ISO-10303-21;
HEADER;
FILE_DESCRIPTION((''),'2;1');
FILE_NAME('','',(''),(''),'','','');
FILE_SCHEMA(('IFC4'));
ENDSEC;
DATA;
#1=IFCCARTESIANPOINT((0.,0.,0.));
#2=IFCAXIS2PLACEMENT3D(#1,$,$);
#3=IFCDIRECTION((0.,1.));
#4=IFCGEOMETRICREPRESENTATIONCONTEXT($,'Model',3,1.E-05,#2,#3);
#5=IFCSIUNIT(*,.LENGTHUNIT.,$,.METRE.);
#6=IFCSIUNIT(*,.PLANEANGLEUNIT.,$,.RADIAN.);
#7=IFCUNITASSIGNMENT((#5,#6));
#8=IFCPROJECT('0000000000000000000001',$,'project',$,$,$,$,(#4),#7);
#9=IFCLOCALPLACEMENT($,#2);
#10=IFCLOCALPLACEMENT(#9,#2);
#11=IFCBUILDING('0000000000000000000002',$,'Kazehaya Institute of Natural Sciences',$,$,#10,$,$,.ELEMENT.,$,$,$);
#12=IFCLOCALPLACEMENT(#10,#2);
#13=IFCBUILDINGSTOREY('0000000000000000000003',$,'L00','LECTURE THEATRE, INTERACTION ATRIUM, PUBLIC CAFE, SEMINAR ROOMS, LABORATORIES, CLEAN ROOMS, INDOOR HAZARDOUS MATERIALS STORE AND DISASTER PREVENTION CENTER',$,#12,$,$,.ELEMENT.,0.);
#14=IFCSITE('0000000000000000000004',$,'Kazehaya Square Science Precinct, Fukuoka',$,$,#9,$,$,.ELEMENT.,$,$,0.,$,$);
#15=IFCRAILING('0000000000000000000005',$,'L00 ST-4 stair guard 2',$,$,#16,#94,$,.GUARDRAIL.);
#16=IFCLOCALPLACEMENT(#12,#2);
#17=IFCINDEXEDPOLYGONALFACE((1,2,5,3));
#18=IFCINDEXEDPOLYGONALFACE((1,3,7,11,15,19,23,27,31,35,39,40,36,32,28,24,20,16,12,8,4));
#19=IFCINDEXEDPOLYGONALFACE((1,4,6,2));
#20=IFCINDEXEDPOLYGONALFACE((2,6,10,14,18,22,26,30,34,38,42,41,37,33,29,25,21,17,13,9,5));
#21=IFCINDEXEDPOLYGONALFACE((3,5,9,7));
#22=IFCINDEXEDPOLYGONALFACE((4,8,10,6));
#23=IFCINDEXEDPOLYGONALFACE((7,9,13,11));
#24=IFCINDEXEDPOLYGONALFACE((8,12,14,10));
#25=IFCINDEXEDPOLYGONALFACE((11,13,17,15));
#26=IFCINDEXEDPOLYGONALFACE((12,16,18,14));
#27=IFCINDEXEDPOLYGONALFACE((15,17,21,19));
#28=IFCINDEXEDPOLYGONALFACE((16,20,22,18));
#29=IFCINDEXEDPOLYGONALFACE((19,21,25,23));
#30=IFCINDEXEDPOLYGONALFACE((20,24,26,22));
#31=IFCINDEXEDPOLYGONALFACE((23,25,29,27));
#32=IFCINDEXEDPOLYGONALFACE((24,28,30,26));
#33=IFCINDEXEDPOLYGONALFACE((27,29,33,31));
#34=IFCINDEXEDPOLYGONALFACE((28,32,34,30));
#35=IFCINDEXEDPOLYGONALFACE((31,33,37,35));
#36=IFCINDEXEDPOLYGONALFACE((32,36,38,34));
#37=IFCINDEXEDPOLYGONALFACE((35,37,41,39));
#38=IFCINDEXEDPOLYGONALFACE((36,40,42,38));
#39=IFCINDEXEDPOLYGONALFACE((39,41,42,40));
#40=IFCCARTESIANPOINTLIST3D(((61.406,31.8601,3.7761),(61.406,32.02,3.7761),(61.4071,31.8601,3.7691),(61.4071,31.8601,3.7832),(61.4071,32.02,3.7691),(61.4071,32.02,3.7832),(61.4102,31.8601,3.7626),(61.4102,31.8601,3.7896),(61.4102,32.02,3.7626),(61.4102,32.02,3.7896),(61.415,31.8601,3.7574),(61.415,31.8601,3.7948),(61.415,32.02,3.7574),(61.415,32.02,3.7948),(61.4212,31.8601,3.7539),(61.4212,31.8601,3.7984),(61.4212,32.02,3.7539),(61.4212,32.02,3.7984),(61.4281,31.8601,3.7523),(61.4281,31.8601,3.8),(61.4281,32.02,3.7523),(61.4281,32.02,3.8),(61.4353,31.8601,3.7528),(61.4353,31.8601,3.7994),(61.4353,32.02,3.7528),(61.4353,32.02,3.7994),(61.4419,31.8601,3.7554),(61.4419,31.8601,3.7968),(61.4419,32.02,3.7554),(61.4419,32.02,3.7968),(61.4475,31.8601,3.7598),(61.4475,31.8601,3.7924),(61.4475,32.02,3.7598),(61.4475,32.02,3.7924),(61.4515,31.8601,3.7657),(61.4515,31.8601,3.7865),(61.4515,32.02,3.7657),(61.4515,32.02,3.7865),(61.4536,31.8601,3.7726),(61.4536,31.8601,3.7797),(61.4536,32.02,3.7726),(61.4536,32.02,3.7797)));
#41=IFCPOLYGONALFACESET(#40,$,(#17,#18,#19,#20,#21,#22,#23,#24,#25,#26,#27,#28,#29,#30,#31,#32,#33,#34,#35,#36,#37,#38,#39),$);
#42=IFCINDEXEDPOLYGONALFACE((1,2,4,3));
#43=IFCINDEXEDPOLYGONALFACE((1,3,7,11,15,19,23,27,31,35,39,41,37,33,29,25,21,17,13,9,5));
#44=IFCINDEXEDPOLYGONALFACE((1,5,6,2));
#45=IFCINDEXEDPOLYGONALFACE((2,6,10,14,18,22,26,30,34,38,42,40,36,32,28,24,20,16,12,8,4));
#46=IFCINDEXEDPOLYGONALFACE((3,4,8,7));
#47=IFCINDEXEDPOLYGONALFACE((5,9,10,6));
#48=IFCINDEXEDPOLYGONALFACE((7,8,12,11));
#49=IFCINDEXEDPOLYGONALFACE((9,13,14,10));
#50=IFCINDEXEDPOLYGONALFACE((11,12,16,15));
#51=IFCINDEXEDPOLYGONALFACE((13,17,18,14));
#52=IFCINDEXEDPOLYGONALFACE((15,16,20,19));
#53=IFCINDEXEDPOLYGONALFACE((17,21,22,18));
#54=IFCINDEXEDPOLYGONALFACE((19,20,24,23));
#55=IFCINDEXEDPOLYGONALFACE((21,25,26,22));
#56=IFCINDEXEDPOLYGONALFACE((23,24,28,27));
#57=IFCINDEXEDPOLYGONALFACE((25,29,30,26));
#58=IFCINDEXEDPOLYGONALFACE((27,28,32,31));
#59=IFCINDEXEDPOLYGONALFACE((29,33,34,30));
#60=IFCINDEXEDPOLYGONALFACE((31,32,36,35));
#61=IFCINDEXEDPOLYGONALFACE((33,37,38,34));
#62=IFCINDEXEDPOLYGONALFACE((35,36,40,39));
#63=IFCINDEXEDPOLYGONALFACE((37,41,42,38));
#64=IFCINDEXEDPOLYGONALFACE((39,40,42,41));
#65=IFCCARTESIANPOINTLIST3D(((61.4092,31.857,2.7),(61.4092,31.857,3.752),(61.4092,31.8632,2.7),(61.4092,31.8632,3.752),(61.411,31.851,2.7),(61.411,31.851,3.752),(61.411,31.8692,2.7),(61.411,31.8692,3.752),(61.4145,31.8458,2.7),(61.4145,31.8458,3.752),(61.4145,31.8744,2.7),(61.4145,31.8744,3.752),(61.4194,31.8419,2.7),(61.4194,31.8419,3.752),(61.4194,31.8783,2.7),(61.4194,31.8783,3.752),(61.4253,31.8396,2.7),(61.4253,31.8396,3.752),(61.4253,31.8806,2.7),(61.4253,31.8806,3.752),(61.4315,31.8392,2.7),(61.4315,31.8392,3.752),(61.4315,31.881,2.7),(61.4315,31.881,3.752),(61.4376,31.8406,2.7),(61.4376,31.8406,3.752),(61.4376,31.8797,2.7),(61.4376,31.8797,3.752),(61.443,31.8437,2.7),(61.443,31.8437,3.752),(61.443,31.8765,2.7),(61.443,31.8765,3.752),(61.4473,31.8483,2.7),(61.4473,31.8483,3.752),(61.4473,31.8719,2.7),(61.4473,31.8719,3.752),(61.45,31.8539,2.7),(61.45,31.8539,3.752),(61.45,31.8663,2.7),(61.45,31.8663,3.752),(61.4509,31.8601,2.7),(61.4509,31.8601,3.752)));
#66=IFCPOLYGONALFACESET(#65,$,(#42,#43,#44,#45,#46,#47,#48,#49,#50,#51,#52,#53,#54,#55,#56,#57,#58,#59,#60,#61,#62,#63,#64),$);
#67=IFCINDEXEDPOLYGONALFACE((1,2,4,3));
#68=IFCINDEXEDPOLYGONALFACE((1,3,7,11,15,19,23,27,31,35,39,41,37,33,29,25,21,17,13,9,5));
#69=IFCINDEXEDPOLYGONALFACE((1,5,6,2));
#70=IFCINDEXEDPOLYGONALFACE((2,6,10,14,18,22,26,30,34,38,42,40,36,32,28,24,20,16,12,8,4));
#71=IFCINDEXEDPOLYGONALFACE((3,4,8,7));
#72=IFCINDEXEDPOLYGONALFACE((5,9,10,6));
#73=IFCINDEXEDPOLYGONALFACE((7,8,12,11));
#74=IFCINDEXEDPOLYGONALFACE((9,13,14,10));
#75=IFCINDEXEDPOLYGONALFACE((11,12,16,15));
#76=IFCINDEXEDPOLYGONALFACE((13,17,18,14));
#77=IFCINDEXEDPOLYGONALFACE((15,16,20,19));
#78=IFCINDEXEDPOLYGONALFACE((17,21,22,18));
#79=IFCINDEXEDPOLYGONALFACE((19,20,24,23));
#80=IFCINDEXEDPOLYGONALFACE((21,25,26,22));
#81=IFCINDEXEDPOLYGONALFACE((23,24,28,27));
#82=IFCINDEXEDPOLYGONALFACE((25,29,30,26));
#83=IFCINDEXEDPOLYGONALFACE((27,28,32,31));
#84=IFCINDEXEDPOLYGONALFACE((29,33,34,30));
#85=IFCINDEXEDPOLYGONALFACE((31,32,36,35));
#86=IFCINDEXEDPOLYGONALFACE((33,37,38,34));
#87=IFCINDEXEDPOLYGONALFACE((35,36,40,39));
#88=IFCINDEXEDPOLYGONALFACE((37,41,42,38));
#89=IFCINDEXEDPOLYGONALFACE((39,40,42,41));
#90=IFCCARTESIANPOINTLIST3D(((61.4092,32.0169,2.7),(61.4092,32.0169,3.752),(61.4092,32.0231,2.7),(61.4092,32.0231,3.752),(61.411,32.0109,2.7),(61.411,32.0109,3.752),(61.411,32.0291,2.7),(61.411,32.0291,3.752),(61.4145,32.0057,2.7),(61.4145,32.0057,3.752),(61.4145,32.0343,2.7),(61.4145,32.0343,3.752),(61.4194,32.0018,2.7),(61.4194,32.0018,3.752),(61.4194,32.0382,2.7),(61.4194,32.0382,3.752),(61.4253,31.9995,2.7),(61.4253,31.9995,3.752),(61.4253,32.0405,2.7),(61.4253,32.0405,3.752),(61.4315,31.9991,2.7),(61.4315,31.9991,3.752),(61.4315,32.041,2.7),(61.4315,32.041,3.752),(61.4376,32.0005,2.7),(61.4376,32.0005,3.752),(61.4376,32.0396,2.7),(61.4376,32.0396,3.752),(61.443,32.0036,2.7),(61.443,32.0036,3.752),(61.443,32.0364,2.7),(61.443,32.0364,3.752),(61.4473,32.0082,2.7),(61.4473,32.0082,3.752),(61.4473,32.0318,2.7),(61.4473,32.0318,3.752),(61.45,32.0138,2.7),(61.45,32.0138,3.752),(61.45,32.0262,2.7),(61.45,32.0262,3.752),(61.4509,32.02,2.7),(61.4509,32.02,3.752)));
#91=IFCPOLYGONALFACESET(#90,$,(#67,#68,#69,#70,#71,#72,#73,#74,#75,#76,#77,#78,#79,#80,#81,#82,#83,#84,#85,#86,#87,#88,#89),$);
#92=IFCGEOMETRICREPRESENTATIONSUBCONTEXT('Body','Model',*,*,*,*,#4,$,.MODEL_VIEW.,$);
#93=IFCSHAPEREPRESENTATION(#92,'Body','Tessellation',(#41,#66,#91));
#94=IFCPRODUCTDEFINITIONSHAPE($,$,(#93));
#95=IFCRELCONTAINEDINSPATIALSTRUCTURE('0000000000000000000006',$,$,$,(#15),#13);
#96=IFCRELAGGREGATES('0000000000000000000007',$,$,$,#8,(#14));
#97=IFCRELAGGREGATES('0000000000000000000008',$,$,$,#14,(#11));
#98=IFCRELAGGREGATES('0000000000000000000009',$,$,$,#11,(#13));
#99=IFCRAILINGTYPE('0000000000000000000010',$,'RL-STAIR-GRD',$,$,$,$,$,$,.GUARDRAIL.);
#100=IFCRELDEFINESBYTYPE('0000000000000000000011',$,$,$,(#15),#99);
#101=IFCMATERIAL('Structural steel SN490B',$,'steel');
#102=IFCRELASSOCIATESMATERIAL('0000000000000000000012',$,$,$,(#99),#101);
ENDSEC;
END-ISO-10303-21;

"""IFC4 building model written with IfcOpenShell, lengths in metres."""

from ifc_helpers import new_model, si_unit, direction, frame, origin, origin_2d, place, context, subcontext, project, spatial, circle, extrude, material, type_object, element, save


model = new_model("IFC4")

# Units and contexts
model_context = context("Model", 3, precision=1e-05, world=origin(), true_north=direction((0.0, 1.0)))
body_context = subcontext(model_context, "Body", "Model", "MODEL_VIEW")
ifc_project = project(units=[si_unit("LENGTHUNIT", "METRE"), si_unit("PLANEANGLEUNIT", "RADIAN")], contexts=[model_context])

# Site, building, storey
site_placement = place(None, origin())
site = spatial("IfcSite", under=ifc_project, at=site_placement, Name="Kazehaya Square Science Precinct, Fukuoka", CompositionType="ELEMENT", RefElevation=0.0)
building_placement = place(site_placement, origin())
building = spatial("IfcBuilding", under=site, at=building_placement, Name="Kazehaya Institute of Natural Sciences", CompositionType="ELEMENT")
storey_placement = place(building_placement, origin())
storey = spatial("IfcBuildingStorey", under=building, at=storey_placement, Name="L00", Description="LECTURE THEATRE, INTERACTION ATRIUM, PUBLIC CAFE, SEMINAR ROOMS, LABORATORIES, CLEAN ROOMS, INDOOR HAZARDOUS MATERIALS STORE AND DISASTER PREVENTION CENTER", CompositionType="ELEMENT", Elevation=0.0)

# Railing
ifc_material_1 = material(Name="Structural steel SN490B", Category="steel")
railing_type_1 = type_object("IfcRailingType", Name="RL-STAIR-GRD", PredefinedType="GUARDRAIL", material=ifc_material_1)
railing_1_placement = place(storey_placement, frame((61.4299, 31.8601, 2.7)))
element("IfcRailing", 1, at=railing_1_placement, inside=storey, type_object=railing_type_1, Name="L00 ST-4 stair guard 2", PredefinedType="GUARDRAIL", context=body_context, shape_type="SweptSolid", body=[
    extrude(circle(Radius=0.0239, at=origin_2d()), frame((0.0, 0.0, 1.0762), z_axis=(0.0, 1.0, 0.0), x_axis=(-1.0, 0.0, 0.0)), (0.0, 0.0, 1.0), 0.1599),
    extrude(circle(Radius=0.021, at=origin_2d()), origin(), (0.0, 0.0, 1.0), 1.052),
    extrude(circle(Radius=0.021, at=origin_2d()), frame((0.0, 0.1599, 0.0)), (0.0, 0.0, 1.0), 1.052),
])

save(model, "model.ifc")
